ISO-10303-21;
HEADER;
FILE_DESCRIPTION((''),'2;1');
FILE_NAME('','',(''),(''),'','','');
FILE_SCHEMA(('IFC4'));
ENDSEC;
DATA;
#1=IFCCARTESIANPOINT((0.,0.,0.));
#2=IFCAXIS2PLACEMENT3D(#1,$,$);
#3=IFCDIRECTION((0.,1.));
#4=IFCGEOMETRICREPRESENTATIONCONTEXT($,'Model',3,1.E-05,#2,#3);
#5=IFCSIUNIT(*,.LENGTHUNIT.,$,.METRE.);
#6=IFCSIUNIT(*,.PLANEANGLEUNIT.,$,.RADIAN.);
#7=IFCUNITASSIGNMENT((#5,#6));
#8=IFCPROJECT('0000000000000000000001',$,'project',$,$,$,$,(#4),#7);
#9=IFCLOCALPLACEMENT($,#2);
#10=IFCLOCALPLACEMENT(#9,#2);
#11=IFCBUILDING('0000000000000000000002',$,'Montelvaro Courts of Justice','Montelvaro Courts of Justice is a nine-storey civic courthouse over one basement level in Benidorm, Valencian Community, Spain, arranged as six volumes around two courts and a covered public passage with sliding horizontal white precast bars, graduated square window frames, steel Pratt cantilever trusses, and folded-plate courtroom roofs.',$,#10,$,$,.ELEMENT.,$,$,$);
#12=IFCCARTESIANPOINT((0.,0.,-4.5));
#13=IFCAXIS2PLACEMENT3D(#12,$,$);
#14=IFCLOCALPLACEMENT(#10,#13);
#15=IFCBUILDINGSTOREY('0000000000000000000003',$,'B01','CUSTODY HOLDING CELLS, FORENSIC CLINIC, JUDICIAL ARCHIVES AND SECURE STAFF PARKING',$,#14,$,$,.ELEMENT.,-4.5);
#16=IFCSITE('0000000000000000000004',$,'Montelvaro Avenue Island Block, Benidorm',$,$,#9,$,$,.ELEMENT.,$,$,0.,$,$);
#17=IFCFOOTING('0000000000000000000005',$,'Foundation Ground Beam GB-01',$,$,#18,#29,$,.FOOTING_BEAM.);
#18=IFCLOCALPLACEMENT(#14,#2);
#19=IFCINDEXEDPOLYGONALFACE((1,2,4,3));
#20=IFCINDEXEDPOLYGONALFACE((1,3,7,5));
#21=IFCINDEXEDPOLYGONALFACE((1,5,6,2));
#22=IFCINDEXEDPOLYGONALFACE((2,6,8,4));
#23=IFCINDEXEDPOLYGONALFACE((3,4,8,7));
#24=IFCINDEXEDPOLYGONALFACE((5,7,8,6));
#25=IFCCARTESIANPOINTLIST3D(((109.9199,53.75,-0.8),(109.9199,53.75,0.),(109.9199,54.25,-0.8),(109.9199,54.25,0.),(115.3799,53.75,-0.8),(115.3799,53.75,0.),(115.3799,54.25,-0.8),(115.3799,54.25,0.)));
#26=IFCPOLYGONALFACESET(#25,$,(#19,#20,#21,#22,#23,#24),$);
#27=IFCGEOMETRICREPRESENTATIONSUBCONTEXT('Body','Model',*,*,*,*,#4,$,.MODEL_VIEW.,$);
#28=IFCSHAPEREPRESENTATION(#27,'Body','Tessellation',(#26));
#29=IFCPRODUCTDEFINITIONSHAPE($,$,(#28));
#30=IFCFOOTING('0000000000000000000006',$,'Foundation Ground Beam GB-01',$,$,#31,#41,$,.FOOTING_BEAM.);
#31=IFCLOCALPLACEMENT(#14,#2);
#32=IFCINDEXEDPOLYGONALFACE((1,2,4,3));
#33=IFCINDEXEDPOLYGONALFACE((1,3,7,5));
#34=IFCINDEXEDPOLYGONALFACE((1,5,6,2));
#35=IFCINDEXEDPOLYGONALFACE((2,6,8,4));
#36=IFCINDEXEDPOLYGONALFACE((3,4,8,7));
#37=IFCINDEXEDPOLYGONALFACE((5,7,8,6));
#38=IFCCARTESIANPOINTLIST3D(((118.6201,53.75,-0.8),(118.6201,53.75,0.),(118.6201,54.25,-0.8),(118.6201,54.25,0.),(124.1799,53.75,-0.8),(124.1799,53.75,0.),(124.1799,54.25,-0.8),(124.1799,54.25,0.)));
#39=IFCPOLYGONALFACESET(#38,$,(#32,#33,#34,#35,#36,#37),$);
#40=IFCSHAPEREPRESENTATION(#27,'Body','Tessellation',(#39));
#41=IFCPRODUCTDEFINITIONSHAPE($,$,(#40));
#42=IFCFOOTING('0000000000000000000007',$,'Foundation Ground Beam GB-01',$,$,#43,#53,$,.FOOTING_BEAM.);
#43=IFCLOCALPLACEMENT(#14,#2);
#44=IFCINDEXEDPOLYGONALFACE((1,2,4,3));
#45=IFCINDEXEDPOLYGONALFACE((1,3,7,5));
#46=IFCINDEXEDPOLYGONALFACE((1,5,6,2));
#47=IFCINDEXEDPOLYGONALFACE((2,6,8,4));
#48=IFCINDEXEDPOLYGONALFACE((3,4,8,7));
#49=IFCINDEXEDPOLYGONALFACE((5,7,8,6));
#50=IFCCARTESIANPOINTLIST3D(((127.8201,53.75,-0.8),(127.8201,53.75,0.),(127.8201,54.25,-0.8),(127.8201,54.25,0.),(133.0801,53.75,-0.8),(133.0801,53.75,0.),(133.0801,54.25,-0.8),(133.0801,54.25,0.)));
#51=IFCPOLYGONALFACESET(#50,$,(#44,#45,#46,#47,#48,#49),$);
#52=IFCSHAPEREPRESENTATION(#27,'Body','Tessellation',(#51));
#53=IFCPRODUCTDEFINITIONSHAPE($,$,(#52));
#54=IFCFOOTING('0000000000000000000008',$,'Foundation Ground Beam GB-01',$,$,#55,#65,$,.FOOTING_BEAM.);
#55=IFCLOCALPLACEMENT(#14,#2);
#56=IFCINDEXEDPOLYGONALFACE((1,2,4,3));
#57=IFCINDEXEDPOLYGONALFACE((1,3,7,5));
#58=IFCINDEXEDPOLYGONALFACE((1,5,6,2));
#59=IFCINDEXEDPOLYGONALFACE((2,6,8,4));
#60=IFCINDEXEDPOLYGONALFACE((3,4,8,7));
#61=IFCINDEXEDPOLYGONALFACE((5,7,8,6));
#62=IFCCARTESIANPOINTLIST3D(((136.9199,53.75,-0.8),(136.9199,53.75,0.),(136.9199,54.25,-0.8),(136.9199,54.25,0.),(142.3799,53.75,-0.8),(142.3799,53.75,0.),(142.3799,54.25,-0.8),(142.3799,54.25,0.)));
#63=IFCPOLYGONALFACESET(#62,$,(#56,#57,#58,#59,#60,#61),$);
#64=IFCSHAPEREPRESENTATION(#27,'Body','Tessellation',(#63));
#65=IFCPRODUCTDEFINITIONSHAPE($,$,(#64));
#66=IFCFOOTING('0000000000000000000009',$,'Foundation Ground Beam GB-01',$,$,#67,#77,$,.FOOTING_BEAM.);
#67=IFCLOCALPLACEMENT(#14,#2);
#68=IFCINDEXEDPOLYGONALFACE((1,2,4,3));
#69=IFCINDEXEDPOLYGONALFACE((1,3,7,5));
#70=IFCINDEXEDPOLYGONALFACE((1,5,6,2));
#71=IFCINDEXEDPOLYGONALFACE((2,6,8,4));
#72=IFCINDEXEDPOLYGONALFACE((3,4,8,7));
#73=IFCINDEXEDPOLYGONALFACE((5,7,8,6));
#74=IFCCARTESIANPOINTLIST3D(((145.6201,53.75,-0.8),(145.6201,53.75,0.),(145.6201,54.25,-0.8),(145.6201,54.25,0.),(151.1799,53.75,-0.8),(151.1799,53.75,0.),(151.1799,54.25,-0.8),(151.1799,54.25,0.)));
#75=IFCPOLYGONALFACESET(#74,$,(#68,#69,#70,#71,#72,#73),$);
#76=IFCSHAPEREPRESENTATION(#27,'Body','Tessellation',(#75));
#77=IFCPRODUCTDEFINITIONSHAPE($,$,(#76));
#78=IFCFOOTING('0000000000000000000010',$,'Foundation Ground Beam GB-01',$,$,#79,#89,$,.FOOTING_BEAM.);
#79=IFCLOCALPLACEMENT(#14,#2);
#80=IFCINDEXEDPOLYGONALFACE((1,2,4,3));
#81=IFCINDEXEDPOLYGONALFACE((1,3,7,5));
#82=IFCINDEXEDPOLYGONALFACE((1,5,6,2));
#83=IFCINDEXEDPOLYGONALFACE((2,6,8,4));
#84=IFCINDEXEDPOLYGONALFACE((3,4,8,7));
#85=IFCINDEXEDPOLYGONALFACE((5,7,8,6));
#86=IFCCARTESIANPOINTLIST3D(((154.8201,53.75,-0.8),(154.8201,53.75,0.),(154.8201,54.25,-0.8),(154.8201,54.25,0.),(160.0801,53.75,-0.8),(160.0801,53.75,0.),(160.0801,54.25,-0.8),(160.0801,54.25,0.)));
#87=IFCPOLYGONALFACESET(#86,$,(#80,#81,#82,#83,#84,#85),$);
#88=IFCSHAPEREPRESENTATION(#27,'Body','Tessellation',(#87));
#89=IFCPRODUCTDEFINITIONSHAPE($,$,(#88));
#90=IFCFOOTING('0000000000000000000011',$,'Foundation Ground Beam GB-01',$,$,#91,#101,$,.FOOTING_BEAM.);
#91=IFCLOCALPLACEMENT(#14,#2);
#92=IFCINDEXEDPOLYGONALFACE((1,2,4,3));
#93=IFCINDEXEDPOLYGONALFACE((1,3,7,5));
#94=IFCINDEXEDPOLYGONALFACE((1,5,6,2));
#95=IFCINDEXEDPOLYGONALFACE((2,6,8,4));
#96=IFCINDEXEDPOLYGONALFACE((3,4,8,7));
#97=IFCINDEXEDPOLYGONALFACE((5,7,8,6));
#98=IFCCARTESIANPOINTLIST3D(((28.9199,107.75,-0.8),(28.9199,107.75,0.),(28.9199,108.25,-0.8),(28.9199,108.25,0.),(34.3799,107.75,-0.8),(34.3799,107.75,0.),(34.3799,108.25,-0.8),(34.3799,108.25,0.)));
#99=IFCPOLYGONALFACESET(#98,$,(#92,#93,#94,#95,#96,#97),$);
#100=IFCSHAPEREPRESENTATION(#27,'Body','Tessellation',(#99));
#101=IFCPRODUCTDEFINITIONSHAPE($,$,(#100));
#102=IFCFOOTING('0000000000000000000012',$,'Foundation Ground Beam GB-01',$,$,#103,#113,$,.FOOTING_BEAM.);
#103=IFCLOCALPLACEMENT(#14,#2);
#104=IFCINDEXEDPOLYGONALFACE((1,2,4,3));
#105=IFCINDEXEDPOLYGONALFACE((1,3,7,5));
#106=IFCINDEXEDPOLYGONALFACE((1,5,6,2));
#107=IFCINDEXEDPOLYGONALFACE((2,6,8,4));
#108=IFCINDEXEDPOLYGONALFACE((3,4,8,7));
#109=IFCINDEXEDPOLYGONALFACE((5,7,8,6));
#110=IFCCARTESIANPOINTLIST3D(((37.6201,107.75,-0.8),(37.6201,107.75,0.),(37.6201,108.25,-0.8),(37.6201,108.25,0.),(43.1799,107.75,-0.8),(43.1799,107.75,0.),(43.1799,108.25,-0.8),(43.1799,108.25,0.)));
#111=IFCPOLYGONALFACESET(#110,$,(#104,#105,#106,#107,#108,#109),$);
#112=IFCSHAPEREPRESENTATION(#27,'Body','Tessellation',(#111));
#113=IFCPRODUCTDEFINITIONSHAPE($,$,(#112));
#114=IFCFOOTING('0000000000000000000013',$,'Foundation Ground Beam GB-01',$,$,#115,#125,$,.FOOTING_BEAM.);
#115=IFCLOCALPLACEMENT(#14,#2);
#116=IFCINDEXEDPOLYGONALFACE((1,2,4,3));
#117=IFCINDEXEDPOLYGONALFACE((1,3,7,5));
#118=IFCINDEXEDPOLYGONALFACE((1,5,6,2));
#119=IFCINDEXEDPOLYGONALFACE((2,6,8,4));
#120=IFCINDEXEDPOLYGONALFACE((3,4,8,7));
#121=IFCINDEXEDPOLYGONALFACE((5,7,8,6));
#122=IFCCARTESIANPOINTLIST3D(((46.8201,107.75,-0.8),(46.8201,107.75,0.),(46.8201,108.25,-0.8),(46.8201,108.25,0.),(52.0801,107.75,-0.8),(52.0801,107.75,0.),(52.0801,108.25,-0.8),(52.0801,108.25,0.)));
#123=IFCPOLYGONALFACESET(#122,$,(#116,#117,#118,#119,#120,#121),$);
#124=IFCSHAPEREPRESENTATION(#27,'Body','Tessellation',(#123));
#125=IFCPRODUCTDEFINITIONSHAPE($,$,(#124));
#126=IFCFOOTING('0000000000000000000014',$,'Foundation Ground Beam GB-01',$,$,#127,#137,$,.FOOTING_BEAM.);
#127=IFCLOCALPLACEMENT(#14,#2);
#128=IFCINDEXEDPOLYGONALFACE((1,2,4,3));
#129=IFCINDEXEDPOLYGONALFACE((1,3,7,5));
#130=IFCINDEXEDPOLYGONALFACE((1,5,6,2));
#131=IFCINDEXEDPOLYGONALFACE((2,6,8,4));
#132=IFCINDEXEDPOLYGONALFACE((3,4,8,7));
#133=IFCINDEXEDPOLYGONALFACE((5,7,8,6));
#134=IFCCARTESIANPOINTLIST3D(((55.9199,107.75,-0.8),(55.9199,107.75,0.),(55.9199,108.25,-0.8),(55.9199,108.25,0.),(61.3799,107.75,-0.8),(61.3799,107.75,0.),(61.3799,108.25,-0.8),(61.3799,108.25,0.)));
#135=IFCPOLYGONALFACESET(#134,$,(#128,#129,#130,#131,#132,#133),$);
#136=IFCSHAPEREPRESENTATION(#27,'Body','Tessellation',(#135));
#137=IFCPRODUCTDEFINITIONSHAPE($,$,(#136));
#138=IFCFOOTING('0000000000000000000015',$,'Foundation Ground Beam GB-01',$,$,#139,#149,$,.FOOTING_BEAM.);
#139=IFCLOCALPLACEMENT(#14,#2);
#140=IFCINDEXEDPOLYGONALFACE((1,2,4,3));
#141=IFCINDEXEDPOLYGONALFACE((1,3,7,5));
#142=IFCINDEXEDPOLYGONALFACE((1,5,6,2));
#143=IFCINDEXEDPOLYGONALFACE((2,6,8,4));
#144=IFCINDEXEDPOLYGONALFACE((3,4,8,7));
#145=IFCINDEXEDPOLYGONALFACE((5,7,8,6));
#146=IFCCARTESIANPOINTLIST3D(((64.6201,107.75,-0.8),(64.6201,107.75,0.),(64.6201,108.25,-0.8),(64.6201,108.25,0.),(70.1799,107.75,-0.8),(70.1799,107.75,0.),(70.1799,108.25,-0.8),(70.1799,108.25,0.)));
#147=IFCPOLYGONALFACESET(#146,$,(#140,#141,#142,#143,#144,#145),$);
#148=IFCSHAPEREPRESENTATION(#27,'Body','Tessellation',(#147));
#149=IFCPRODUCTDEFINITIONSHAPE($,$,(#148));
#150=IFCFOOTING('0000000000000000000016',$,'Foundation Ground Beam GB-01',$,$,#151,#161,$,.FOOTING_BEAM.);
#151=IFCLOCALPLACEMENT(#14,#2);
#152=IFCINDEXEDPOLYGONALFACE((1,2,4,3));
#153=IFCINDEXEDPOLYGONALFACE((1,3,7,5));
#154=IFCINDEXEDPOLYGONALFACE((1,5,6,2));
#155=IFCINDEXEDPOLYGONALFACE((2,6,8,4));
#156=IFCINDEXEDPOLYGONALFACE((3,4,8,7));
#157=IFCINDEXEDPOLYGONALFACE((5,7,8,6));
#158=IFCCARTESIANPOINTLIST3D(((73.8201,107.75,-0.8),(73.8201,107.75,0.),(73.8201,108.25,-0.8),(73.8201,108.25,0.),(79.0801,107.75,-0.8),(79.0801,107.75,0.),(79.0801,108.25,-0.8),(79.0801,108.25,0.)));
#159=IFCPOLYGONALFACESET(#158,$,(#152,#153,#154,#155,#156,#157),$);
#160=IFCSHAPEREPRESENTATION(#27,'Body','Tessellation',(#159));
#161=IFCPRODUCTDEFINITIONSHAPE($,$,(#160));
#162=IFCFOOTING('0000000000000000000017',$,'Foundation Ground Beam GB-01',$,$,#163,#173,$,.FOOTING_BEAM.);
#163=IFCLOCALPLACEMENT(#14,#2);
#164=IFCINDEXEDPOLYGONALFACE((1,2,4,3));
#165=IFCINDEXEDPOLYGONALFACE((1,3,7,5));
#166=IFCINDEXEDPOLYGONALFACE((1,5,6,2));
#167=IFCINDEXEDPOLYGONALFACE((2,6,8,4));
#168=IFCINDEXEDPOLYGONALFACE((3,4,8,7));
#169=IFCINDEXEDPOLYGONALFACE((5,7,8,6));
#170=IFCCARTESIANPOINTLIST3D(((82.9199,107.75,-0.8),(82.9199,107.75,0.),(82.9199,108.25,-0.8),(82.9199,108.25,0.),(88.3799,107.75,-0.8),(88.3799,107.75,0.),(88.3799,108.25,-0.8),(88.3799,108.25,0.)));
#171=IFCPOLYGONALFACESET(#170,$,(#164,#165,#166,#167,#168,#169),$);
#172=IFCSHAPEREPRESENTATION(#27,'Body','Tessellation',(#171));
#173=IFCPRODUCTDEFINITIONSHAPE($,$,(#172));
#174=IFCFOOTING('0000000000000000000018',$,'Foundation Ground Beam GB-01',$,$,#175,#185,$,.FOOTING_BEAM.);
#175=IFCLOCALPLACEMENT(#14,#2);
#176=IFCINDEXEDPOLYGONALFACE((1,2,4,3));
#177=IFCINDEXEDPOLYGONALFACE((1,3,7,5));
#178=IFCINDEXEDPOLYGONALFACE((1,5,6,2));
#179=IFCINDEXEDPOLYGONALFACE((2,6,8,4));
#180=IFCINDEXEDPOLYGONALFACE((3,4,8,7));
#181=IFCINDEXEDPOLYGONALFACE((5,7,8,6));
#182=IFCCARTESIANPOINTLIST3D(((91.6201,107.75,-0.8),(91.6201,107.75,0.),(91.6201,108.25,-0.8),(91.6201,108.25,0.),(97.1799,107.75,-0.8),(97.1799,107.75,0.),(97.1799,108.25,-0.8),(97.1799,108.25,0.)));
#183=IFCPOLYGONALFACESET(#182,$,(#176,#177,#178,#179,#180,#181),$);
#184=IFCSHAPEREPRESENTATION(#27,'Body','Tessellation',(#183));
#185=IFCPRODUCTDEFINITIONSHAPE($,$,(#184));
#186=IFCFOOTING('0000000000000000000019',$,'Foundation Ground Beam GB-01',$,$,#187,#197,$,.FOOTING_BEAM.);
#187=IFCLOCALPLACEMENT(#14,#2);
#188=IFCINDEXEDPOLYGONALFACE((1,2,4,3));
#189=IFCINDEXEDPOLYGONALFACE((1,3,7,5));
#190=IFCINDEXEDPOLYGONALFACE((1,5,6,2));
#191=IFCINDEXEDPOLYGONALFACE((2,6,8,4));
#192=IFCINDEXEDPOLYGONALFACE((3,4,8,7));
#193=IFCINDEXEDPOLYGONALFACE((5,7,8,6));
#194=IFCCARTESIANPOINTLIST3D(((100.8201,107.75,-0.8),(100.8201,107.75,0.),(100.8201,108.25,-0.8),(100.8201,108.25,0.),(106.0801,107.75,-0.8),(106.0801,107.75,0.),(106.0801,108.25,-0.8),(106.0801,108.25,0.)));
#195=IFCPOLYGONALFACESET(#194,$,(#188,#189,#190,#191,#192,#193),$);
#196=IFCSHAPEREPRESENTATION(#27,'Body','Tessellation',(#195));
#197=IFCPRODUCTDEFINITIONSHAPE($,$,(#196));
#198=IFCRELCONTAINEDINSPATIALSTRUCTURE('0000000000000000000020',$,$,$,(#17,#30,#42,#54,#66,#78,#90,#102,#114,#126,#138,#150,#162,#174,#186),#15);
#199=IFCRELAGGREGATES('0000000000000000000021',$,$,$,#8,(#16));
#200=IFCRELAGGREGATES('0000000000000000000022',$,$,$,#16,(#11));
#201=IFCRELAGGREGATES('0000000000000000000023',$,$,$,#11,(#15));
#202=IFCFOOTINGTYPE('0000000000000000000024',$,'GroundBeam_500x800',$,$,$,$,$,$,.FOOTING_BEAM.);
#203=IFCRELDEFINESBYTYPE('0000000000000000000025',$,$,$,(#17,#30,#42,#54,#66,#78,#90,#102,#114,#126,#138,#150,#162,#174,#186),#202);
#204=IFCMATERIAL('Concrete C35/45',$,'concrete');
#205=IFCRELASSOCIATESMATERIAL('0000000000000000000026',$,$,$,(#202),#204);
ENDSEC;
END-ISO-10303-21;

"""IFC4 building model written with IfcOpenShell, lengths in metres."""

from ifc_helpers import new_model, si_unit, direction, frame, origin, place, context, subcontext, project, spatial, polyline, outline, extrude, material, type_object, element, save


model = new_model("IFC4")

# Units and contexts
model_context = context("Model", 3, precision=1e-05, world=origin(), true_north=direction((0.0, 1.0)))
body_context = subcontext(model_context, "Body", "Model", "MODEL_VIEW")
ifc_project = project(units=[si_unit("LENGTHUNIT", "METRE"), si_unit("PLANEANGLEUNIT", "RADIAN")], contexts=[model_context])

# Site, building, storey
site_placement = place(None, origin())
site = spatial("IfcSite", under=ifc_project, at=site_placement, Name="Montelvaro Avenue Island Block, Benidorm", CompositionType="ELEMENT", RefElevation=0.0)
building_placement = place(site_placement, origin())
building = spatial("IfcBuilding", under=site, at=building_placement, Name="Montelvaro Courts of Justice", Description="Montelvaro Courts of Justice is a nine-storey civic courthouse over one basement level in Benidorm, Valencian Community, Spain, arranged as six volumes around two courts and a covered public passage with sliding horizontal white precast bars, graduated square window frames, steel Pratt cantilever trusses, and folded-plate courtroom roofs.", CompositionType="ELEMENT")
storey_placement = place(building_placement, frame((0.0, 0.0, -4.5)))
storey = spatial("IfcBuildingStorey", under=building, at=storey_placement, Name="B01", Description="CUSTODY HOLDING CELLS, FORENSIC CLINIC, JUDICIAL ARCHIVES AND SECURE STAFF PARKING", CompositionType="ELEMENT", Elevation=-4.5)

# Footings
ifc_material = material(Name="Concrete C35/45", Category="concrete")
footing_type = type_object("IfcFootingType", Name="GroundBeam_500x800", PredefinedType="FOOTING_BEAM", material=ifc_material)
footing_1_placement = place(storey_placement, frame((0.0, 0.0, -0.8)))
element("IfcFooting", 1, at=footing_1_placement, inside=storey, type_object=footing_type, Name="Foundation Ground Beam GB-01", PredefinedType="FOOTING_BEAM", context=body_context, shape_type="SweptSolid", body=[
    extrude(outline(polyline([(109.9199, 53.75), (115.3799, 53.75), (115.3799, 54.25), (109.9199, 54.25), (109.9199, 53.75)])), origin(), (0.0, 0.0, 1.0), 0.8),
])
footing_2_placement = place(storey_placement, frame((0.0, 0.0, -0.8)))
element("IfcFooting", 2, at=footing_2_placement, inside=storey, type_object=footing_type, Name="Foundation Ground Beam GB-01", PredefinedType="FOOTING_BEAM", context=body_context, shape_type="SweptSolid", body=[
    extrude(outline(polyline([(118.6201, 53.75), (124.1799, 53.75), (124.1799, 54.25), (118.6201, 54.25), (118.6201, 53.75)])), origin(), (0.0, 0.0, 1.0), 0.8),
])
footing_3_placement = place(storey_placement, frame((0.0, 0.0, -0.8)))
element("IfcFooting", 3, at=footing_3_placement, inside=storey, type_object=footing_type, Name="Foundation Ground Beam GB-01", PredefinedType="FOOTING_BEAM", context=body_context, shape_type="SweptSolid", body=[
    extrude(outline(polyline([(127.8201, 53.75), (133.0801, 53.75), (133.0801, 54.25), (127.8201, 54.25), (127.8201, 53.75)])), origin(), (0.0, 0.0, 1.0), 0.8),
])
footing_4_placement = place(storey_placement, frame((0.0, 0.0, -0.8)))
element("IfcFooting", 4, at=footing_4_placement, inside=storey, type_object=footing_type, Name="Foundation Ground Beam GB-01", PredefinedType="FOOTING_BEAM", context=body_context, shape_type="SweptSolid", body=[
    extrude(outline(polyline([(136.9199, 53.75), (142.3799, 53.75), (142.3799, 54.25), (136.9199, 54.25), (136.9199, 53.75)])), origin(), (0.0, 0.0, 1.0), 0.8),
])
footing_5_placement = place(storey_placement, frame((0.0, 0.0, -0.8)))
element("IfcFooting", 5, at=footing_5_placement, inside=storey, type_object=footing_type, Name="Foundation Ground Beam GB-01", PredefinedType="FOOTING_BEAM", context=body_context, shape_type="SweptSolid", body=[
    extrude(outline(polyline([(145.6201, 53.75), (151.1799, 53.75), (151.1799, 54.25), (145.6201, 54.25), (145.6201, 53.75)])), origin(), (0.0, 0.0, 1.0), 0.8),
])
footing_6_placement = place(storey_placement, frame((0.0, 0.0, -0.8)))
element("IfcFooting", 6, at=footing_6_placement, inside=storey, type_object=footing_type, Name="Foundation Ground Beam GB-01", PredefinedType="FOOTING_BEAM", context=body_context, shape_type="SweptSolid", body=[
    extrude(outline(polyline([(154.8201, 53.75), (160.0801, 53.75), (160.0801, 54.25), (154.8201, 54.25), (154.8201, 53.75)])), origin(), (0.0, 0.0, 1.0), 0.8),
])
footing_7_placement = place(storey_placement, frame((0.0, 0.0, -0.8)))
element("IfcFooting", 7, at=footing_7_placement, inside=storey, type_object=footing_type, Name="Foundation Ground Beam GB-01", PredefinedType="FOOTING_BEAM", context=body_context, shape_type="SweptSolid", body=[
    extrude(outline(polyline([(28.9199, 107.75), (34.3799, 107.75), (34.3799, 108.25), (28.9199, 108.25), (28.9199, 107.75)])), origin(), (0.0, 0.0, 1.0), 0.8),
])
footing_8_placement = place(storey_placement, frame((0.0, 0.0, -0.8)))
element("IfcFooting", 8, at=footing_8_placement, inside=storey, type_object=footing_type, Name="Foundation Ground Beam GB-01", PredefinedType="FOOTING_BEAM", context=body_context, shape_type="SweptSolid", body=[
    extrude(outline(polyline([(37.6201, 107.75), (43.1799, 107.75), (43.1799, 108.25), (37.6201, 108.25), (37.6201, 107.75)])), origin(), (0.0, 0.0, 1.0), 0.8),
])
footing_9_placement = place(storey_placement, frame((0.0, 0.0, -0.8)))
element("IfcFooting", 9, at=footing_9_placement, inside=storey, type_object=footing_type, Name="Foundation Ground Beam GB-01", PredefinedType="FOOTING_BEAM", context=body_context, shape_type="SweptSolid", body=[
    extrude(outline(polyline([(46.8201, 107.75), (52.0801, 107.75), (52.0801, 108.25), (46.8201, 108.25), (46.8201, 107.75)])), origin(), (0.0, 0.0, 1.0), 0.8),
])
footing_10_placement = place(storey_placement, frame((0.0, 0.0, -0.8)))
element("IfcFooting", 10, at=footing_10_placement, inside=storey, type_object=footing_type, Name="Foundation Ground Beam GB-01", PredefinedType="FOOTING_BEAM", context=body_context, shape_type="SweptSolid", body=[
    extrude(outline(polyline([(55.9199, 107.75), (61.3799, 107.75), (61.3799, 108.25), (55.9199, 108.25), (55.9199, 107.75)])), origin(), (0.0, 0.0, 1.0), 0.8),
])
footing_11_placement = place(storey_placement, frame((0.0, 0.0, -0.8)))
element("IfcFooting", 11, at=footing_11_placement, inside=storey, type_object=footing_type, Name="Foundation Ground Beam GB-01", PredefinedType="FOOTING_BEAM", context=body_context, shape_type="SweptSolid", body=[
    extrude(outline(polyline([(64.6201, 107.75), (70.1799, 107.75), (70.1799, 108.25), (64.6201, 108.25), (64.6201, 107.75)])), origin(), (0.0, 0.0, 1.0), 0.8),
])
footing_12_placement = place(storey_placement, frame((0.0, 0.0, -0.8)))
element("IfcFooting", 12, at=footing_12_placement, inside=storey, type_object=footing_type, Name="Foundation Ground Beam GB-01", PredefinedType="FOOTING_BEAM", context=body_context, shape_type="SweptSolid", body=[
    extrude(outline(polyline([(73.8201, 107.75), (79.0801, 107.75), (79.0801, 108.25), (73.8201, 108.25), (73.8201, 107.75)])), origin(), (0.0, 0.0, 1.0), 0.8),
])
footing_13_placement = place(storey_placement, frame((0.0, 0.0, -0.8)))
element("IfcFooting", 13, at=footing_13_placement, inside=storey, type_object=footing_type, Name="Foundation Ground Beam GB-01", PredefinedType="FOOTING_BEAM", context=body_context, shape_type="SweptSolid", body=[
    extrude(outline(polyline([(82.9199, 107.75), (88.3799, 107.75), (88.3799, 108.25), (82.9199, 108.25), (82.9199, 107.75)])), origin(), (0.0, 0.0, 1.0), 0.8),
])
footing_14_placement = place(storey_placement, frame((0.0, 0.0, -0.8)))
element("IfcFooting", 14, at=footing_14_placement, inside=storey, type_object=footing_type, Name="Foundation Ground Beam GB-01", PredefinedType="FOOTING_BEAM", context=body_context, shape_type="SweptSolid", body=[
    extrude(outline(polyline([(91.6201, 107.75), (97.1799, 107.75), (97.1799, 108.25), (91.6201, 108.25), (91.6201, 107.75)])), origin(), (0.0, 0.0, 1.0), 0.8),
])
footing_15_placement = place(storey_placement, frame((0.0, 0.0, -0.8)))
element("IfcFooting", 15, at=footing_15_placement, inside=storey, type_object=footing_type, Name="Foundation Ground Beam GB-01", PredefinedType="FOOTING_BEAM", context=body_context, shape_type="SweptSolid", body=[
    extrude(outline(polyline([(100.8201, 107.75), (106.0801, 107.75), (106.0801, 108.25), (100.8201, 108.25), (100.8201, 107.75)])), origin(), (0.0, 0.0, 1.0), 0.8),
])

save(model, "model.ifc")
